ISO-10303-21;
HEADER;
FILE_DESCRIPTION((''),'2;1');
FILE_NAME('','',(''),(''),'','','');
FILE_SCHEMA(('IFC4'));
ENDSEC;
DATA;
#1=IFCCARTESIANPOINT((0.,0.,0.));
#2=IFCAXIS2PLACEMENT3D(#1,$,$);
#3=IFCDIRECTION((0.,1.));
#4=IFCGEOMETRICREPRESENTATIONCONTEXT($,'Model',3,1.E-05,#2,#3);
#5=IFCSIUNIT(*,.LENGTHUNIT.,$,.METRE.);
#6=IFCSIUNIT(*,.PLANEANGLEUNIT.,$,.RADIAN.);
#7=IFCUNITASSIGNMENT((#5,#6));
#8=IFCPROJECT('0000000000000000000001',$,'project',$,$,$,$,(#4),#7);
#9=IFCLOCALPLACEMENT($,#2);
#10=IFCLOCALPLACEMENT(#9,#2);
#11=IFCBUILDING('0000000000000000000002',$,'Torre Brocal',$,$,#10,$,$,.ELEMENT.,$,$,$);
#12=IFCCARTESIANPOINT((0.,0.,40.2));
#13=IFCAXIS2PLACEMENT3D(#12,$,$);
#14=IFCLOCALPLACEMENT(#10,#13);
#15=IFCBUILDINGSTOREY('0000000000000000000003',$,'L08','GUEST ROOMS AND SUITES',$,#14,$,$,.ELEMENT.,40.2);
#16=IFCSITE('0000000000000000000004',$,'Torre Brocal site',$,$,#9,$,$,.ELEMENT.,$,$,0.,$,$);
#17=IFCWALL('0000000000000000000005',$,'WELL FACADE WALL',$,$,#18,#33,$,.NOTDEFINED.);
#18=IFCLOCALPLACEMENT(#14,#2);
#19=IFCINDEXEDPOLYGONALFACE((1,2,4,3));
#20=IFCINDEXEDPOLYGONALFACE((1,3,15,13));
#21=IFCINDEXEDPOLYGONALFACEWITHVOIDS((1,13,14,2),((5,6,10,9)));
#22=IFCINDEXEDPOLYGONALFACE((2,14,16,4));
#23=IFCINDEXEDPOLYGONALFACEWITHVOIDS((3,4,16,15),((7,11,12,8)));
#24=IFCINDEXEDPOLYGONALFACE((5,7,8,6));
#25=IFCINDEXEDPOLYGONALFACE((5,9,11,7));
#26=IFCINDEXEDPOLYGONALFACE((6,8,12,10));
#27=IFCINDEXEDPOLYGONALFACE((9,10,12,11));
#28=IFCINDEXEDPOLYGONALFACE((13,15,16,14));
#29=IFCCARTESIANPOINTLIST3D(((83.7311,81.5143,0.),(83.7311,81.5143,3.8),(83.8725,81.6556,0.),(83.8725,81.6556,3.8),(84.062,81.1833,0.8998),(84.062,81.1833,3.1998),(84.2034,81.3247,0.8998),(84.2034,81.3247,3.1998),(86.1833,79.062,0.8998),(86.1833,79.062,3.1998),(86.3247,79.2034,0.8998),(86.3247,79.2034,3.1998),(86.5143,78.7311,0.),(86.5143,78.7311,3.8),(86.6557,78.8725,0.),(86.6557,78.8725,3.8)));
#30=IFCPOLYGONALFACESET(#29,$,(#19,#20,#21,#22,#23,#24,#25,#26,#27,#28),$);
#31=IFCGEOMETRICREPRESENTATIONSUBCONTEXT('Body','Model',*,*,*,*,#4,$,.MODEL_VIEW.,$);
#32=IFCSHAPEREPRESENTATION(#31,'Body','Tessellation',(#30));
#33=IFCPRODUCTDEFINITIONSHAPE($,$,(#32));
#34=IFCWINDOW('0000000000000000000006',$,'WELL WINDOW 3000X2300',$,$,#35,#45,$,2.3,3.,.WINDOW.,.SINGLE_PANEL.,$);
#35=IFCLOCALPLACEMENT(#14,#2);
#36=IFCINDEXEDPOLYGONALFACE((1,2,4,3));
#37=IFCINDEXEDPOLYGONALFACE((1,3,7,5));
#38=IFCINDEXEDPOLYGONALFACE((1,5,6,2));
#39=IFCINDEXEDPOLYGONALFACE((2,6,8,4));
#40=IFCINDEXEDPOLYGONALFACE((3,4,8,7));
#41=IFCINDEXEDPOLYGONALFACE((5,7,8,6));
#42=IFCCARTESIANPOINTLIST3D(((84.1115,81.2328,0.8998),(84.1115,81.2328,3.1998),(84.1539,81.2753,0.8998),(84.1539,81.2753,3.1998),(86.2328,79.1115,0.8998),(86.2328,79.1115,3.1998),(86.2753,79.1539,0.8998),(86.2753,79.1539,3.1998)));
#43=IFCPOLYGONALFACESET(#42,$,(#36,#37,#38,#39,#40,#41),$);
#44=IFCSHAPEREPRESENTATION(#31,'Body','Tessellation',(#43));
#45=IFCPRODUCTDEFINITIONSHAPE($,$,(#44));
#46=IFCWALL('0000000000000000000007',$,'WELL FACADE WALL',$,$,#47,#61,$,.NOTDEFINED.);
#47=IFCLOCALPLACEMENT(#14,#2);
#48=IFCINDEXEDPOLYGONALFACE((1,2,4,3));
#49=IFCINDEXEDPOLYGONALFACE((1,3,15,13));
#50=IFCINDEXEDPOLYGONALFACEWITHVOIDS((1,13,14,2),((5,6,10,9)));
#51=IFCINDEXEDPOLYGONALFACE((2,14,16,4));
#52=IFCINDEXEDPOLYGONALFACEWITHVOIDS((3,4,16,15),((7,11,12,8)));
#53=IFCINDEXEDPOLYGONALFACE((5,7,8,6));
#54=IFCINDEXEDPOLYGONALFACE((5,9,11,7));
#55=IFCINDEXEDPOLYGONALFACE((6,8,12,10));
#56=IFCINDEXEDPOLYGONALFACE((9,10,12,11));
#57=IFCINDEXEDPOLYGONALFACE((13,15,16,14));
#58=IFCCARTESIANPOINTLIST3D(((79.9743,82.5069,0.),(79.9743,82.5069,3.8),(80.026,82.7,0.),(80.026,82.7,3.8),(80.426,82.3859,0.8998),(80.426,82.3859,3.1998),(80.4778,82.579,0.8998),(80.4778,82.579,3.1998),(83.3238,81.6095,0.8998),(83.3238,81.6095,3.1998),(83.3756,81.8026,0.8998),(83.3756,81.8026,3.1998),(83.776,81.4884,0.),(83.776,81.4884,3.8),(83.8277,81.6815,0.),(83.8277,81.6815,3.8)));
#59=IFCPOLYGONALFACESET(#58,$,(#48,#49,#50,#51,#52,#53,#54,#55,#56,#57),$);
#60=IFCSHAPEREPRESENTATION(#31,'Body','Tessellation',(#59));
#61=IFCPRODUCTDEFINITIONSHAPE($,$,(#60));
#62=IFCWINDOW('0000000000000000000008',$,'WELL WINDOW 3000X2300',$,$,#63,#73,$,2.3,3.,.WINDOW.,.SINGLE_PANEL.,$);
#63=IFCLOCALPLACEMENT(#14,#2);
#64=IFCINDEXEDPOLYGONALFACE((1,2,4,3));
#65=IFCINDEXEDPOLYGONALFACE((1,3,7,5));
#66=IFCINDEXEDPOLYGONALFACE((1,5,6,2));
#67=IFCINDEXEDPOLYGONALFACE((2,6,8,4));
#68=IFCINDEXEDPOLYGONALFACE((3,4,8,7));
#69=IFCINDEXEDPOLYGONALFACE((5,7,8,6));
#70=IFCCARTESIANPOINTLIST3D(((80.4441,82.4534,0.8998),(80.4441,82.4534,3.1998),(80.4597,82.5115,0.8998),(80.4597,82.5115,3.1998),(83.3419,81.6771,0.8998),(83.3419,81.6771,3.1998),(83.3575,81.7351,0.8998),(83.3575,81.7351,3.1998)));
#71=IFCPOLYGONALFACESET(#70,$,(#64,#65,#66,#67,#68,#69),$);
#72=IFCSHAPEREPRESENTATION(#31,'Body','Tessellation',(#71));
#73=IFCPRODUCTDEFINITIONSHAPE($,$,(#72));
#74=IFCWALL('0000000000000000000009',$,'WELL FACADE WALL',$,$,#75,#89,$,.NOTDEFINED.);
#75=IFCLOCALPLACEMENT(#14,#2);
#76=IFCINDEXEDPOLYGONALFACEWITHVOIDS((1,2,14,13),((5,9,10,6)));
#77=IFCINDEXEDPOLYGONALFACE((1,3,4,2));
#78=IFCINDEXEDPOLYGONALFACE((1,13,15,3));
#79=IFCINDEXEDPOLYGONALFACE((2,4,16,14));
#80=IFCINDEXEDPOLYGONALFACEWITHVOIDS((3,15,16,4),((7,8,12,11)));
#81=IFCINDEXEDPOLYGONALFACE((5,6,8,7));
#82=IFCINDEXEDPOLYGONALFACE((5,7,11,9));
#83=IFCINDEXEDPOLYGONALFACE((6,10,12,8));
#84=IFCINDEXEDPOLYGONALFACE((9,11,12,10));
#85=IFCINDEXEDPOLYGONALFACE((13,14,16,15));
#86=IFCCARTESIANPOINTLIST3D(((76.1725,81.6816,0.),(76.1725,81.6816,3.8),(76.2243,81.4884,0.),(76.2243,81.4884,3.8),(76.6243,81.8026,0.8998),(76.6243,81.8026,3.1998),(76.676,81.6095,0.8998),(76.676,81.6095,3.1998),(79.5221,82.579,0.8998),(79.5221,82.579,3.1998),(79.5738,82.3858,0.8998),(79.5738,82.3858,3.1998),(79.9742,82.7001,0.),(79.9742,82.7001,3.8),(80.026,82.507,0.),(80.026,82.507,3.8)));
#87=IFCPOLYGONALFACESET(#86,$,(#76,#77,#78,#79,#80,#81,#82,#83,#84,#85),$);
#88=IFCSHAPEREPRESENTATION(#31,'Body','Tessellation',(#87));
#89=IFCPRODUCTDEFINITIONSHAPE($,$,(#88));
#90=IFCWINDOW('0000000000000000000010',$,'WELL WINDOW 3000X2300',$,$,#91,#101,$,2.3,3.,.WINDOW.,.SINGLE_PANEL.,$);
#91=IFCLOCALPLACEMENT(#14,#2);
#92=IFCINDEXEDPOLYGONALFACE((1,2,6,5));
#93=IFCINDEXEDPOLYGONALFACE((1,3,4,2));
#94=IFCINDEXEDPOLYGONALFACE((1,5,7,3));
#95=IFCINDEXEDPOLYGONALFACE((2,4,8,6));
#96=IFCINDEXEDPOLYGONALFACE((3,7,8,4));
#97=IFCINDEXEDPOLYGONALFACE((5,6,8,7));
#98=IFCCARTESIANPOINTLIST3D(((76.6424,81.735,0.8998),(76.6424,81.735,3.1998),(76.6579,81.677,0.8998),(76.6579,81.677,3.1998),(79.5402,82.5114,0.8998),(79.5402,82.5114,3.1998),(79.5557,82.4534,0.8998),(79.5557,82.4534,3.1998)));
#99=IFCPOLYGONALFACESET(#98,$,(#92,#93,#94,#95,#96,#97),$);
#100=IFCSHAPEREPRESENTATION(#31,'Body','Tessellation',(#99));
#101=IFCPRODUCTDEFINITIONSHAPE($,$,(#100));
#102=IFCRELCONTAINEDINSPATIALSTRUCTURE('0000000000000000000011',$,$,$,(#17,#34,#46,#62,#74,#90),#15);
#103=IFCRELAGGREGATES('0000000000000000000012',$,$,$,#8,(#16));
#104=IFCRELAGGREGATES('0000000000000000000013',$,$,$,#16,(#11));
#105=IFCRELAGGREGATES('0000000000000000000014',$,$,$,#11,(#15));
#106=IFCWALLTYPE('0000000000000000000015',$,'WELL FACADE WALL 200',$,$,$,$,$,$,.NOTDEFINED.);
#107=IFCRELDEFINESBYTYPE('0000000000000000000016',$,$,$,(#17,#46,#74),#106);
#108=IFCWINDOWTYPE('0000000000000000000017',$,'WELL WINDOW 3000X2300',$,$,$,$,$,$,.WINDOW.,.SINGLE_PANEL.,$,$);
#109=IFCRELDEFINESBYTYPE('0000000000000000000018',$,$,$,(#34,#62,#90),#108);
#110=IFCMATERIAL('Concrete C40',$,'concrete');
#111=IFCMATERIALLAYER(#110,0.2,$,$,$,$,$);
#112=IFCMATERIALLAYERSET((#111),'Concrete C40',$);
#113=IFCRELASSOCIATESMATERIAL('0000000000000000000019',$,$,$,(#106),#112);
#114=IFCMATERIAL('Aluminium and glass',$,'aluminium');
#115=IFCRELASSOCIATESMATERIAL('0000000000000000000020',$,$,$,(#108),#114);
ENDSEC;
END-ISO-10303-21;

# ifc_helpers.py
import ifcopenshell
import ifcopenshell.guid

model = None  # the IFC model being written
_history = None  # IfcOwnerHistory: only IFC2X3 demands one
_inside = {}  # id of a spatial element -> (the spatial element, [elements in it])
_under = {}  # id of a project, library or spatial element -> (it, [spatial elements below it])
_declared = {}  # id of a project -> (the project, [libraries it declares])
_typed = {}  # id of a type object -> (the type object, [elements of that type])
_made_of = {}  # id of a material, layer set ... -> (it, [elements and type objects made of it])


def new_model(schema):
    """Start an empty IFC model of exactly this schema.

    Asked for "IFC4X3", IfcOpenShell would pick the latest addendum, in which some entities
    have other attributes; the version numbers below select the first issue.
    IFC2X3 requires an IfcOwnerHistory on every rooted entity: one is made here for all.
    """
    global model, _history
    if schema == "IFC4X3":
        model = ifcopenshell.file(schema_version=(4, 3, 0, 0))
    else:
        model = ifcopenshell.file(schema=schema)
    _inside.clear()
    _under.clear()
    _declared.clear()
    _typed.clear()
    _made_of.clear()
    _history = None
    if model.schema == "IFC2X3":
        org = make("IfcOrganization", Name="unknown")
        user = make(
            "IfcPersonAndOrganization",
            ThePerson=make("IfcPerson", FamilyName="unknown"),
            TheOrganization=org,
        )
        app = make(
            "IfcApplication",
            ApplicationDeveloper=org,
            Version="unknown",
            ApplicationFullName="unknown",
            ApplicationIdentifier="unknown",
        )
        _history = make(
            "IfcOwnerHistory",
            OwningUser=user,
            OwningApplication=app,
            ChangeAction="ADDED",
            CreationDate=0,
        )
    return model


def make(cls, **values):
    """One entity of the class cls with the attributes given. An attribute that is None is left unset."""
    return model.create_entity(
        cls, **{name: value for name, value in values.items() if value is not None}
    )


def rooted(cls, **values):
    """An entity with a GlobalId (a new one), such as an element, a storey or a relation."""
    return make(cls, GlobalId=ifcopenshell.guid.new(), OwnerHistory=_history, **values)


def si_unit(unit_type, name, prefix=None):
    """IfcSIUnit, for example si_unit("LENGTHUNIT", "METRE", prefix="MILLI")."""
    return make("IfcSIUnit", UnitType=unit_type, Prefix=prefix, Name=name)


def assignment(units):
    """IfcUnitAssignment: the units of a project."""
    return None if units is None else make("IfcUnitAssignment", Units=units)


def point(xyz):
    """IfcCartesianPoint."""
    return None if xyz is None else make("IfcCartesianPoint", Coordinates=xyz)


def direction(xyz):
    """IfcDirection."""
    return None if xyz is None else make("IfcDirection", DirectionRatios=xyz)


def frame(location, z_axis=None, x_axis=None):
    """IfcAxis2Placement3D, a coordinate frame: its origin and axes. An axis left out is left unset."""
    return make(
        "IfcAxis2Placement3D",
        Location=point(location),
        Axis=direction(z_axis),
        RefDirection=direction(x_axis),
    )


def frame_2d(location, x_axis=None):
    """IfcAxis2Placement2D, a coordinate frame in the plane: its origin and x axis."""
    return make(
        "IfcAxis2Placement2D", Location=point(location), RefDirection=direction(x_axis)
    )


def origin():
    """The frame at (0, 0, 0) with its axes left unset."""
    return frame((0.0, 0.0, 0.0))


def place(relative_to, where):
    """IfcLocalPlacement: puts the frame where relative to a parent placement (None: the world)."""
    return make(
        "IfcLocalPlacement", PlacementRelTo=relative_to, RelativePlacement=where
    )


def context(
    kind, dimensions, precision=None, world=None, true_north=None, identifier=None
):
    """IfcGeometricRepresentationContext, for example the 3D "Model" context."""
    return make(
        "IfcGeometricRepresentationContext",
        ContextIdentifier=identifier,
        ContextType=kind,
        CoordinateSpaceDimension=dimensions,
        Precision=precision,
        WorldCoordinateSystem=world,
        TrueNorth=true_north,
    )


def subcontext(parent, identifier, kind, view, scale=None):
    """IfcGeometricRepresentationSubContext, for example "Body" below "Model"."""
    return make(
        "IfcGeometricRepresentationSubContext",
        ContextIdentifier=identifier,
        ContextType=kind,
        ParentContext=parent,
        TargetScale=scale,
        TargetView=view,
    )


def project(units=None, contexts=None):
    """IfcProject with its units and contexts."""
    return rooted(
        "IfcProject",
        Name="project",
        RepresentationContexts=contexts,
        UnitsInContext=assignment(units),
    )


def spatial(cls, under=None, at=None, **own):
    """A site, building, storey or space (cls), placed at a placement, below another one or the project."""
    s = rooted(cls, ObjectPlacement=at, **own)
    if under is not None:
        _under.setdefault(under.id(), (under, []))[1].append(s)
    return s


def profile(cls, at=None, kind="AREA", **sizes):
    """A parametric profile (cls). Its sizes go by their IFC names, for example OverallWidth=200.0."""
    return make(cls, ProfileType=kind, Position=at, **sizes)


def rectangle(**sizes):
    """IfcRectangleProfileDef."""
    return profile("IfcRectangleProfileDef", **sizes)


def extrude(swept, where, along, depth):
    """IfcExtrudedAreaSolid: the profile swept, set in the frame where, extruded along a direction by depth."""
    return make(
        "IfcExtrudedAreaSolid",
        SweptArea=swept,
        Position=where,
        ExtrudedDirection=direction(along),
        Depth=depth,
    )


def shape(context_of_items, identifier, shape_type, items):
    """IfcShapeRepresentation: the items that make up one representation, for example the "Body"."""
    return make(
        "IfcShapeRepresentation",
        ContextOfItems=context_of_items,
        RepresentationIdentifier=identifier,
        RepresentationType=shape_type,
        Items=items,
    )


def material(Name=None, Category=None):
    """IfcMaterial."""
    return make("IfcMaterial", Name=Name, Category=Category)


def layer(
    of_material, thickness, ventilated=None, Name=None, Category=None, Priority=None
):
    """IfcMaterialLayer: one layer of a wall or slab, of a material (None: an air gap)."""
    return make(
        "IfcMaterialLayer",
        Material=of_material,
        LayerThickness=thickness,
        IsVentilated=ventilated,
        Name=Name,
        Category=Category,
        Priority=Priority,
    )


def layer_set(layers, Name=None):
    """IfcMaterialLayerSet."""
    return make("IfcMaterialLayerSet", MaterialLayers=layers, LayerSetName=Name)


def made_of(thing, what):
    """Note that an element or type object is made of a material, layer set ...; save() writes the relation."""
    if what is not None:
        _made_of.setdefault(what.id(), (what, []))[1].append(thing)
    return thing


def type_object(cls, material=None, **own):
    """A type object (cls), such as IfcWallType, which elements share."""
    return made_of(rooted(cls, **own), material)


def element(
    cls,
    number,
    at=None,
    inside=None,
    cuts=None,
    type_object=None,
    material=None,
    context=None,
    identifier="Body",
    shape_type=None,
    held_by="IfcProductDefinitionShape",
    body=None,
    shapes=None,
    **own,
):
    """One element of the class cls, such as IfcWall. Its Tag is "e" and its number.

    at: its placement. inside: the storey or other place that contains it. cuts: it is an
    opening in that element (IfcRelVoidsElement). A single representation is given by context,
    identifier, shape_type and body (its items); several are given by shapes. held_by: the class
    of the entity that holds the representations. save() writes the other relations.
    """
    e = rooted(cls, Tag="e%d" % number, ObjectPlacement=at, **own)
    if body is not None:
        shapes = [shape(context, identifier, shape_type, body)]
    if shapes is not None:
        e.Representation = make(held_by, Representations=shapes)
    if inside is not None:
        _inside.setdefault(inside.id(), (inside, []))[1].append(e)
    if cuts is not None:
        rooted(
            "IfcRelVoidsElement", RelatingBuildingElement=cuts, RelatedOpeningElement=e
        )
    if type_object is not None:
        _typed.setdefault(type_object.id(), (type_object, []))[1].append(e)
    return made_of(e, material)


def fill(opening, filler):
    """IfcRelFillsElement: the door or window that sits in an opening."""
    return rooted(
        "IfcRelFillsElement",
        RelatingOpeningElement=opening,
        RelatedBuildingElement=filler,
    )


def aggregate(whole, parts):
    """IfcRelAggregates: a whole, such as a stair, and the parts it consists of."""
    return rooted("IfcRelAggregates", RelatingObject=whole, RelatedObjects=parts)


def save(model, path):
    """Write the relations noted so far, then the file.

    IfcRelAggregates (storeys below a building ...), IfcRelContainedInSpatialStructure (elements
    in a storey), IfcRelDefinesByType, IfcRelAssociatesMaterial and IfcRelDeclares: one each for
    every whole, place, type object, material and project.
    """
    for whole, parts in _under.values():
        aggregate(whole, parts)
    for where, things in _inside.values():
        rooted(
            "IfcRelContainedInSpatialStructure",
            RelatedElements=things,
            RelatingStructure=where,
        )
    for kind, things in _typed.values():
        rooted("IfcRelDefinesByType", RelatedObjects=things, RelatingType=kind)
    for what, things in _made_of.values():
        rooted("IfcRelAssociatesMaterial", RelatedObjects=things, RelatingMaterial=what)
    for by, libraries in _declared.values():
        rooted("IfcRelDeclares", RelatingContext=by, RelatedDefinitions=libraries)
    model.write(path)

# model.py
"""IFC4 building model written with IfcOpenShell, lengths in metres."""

from ifc_helpers import new_model, si_unit, direction, frame, frame_2d, origin, place, context, subcontext, project, spatial, rectangle, extrude, material, layer, layer_set, type_object, element, fill, save


model = new_model("IFC4")

# Units and contexts
model_context = context("Model", 3, precision=1e-05, world=origin(), true_north=direction((0.0, 1.0)))
body_context = subcontext(model_context, "Body", "Model", "MODEL_VIEW")
ifc_project = project(units=[si_unit("LENGTHUNIT", "METRE"), si_unit("PLANEANGLEUNIT", "RADIAN")], contexts=[model_context])

# Site, building, storey
site_placement = place(None, origin())
site = spatial("IfcSite", under=ifc_project, at=site_placement, Name="Torre Brocal site", CompositionType="ELEMENT", RefElevation=0.0)
building_placement = place(site_placement, origin())
building = spatial("IfcBuilding", under=site, at=building_placement, Name="Torre Brocal", CompositionType="ELEMENT")
storey_placement = place(building_placement, frame((0.0, 0.0, 40.2)))
storey = spatial("IfcBuildingStorey", under=building, at=storey_placement, Name="L08", Description="GUEST ROOMS AND SUITES", CompositionType="ELEMENT", Elevation=40.2)

# Walls, openings, windows
ifc_material_1 = material(Name="Concrete C40", Category="concrete")
ifc_layer_1 = layer(ifc_material_1, 0.2)
ifc_layer_set_1 = layer_set([ifc_layer_1], Name="Concrete C40")
wall_type_1 = type_object("IfcWallType", Name="WELL FACADE WALL 200", PredefinedType="NOTDEFINED", material=ifc_layer_set_1)
ifc_material_2 = material(Name="Aluminium and glass", Category="aluminium")
window_type = type_object("IfcWindowType", Name="WELL WINDOW 3000X2300", PartitioningType="SINGLE_PANEL", PredefinedType="WINDOW", material=ifc_material_2)
wall_1_placement = place(storey_placement, frame((86.585, 78.8018, 0.0), z_axis=(0.0, 0.0, 1.0), x_axis=(-0.707107, 0.707107, 0.0)))
wall_1 = element("IfcWall", 1, at=wall_1_placement, inside=storey, type_object=wall_type_1, Name="WELL FACADE WALL", PredefinedType="NOTDEFINED", context=body_context, shape_type="SweptSolid", body=[
    extrude(rectangle(XDim=3.936, YDim=0.2, at=frame_2d((1.968, 0.0))), origin(), (0.0, 0.0, 1.0), 3.8),
])
opening_1_placement = place(wall_1_placement, frame((0.468, 0.0, 0.8999)))
opening_1 = element("IfcOpeningElement", 2, at=opening_1_placement, cuts=wall_1, PredefinedType="OPENING", context=body_context, shape_type="SweptSolid", body=[
    extrude(rectangle(XDim=3.0, YDim=2.3, at=frame_2d((1.5, 1.1499))), frame((0.0, 0.1099, 0.0), z_axis=(0.0, -1.0, 0.0), x_axis=(1.0, 0.0, 0.0)), (0.0, 0.0, 1.0), 0.22),
])
window_1_placement = place(opening_1_placement, origin())
window_1 = element("IfcWindow", 3, at=window_1_placement, inside=storey, type_object=window_type, Name="WELL WINDOW 3000X2300", OverallHeight=2.3, OverallWidth=3.0, PartitioningType="SINGLE_PANEL", PredefinedType="WINDOW", context=body_context, shape_type="SweptSolid", body=[
    extrude(rectangle(XDim=3.0, YDim=2.3, at=frame_2d((1.5, 1.1499))), frame((0.0, 0.03, 0.0), z_axis=(0.0, -1.0, 0.0), x_axis=(1.0, 0.0, 0.0)), (0.0, 0.0, 1.0), 0.0601),
])
fill(opening_1, window_1)
wall_2_placement = place(storey_placement, frame((83.8018, 81.585, 0.0), z_axis=(0.0, 0.0, 1.0), x_axis=(-0.965934, 0.25879, 0.0)))
wall_2 = element("IfcWall", 4, at=wall_2_placement, inside=storey, type_object=wall_type_1, Name="WELL FACADE WALL", PredefinedType="NOTDEFINED", context=body_context, shape_type="SweptSolid", body=[
    extrude(rectangle(XDim=3.9358, YDim=0.2, at=frame_2d((1.9678, 0.0))), origin(), (0.0, 0.0, 1.0), 3.8),
])
opening_2_placement = place(wall_2_placement, frame((0.468, 0.0, 0.8999)))
opening_2 = element("IfcOpeningElement", 5, at=opening_2_placement, cuts=wall_2, PredefinedType="OPENING", context=body_context, shape_type="SweptSolid", body=[
    extrude(rectangle(XDim=3.0, YDim=2.3, at=frame_2d((1.5, 1.1499))), frame((0.0, 0.1099, 0.0), z_axis=(0.0, -1.0, 0.0), x_axis=(1.0, 0.0, 0.0)), (0.0, 0.0, 1.0), 0.22),
])
window_2_placement = place(opening_2_placement, origin())
window_2 = element("IfcWindow", 6, at=window_2_placement, inside=storey, type_object=window_type, Name="WELL WINDOW 3000X2300", OverallHeight=2.3, OverallWidth=3.0, PartitioningType="SINGLE_PANEL", PredefinedType="WINDOW", context=body_context, shape_type="SweptSolid", body=[
    extrude(rectangle(XDim=3.0, YDim=2.3, at=frame_2d((1.5, 1.1499))), frame((0.0, 0.03, 0.0), z_axis=(0.0, -1.0, 0.0), x_axis=(1.0, 0.0, 0.0)), (0.0, 0.0, 1.0), 0.0601),
])
fill(opening_2, window_2)
wall_3_placement = place(storey_placement, frame((80.0, 82.6035, 0.0), z_axis=(0.0, 0.0, 1.0), x_axis=(-0.965934, -0.25879, 0.0)))
wall_3 = element("IfcWall", 7, at=wall_3_placement, inside=storey, type_object=wall_type_1, Name="WELL FACADE WALL", PredefinedType="NOTDEFINED", context=body_context, shape_type="SweptSolid", body=[
    extrude(rectangle(XDim=3.9358, YDim=0.2, at=frame_2d((1.9678, 0.0))), origin(), (0.0, 0.0, 1.0), 3.8),
])
opening_3_placement = place(wall_3_placement, frame((0.468, 0.0, 0.8999)))
opening_3 = element("IfcOpeningElement", 8, at=opening_3_placement, cuts=wall_3, PredefinedType="OPENING", context=body_context, shape_type="SweptSolid", body=[
    extrude(rectangle(XDim=3.0, YDim=2.3, at=frame_2d((1.5, 1.1499))), frame((0.0, 0.1099, 0.0), z_axis=(0.0, -1.0, 0.0), x_axis=(1.0, 0.0, 0.0)), (0.0, 0.0, 1.0), 0.22),
])
window_3_placement = place(opening_3_placement, origin())
window_3 = element("IfcWindow", 9, at=window_3_placement, inside=storey, type_object=window_type, Name="WELL WINDOW 3000X2300", OverallHeight=2.3, OverallWidth=3.0, PartitioningType="SINGLE_PANEL", PredefinedType="WINDOW", context=body_context, shape_type="SweptSolid", body=[
    extrude(rectangle(XDim=3.0, YDim=2.3, at=frame_2d((1.5, 1.1499))), frame((0.0, 0.03, 0.0), z_axis=(0.0, -1.0, 0.0), x_axis=(1.0, 0.0, 0.0)), (0.0, 0.0, 1.0), 0.0601),
])
fill(opening_3, window_3)

save(model, "model.ifc")
